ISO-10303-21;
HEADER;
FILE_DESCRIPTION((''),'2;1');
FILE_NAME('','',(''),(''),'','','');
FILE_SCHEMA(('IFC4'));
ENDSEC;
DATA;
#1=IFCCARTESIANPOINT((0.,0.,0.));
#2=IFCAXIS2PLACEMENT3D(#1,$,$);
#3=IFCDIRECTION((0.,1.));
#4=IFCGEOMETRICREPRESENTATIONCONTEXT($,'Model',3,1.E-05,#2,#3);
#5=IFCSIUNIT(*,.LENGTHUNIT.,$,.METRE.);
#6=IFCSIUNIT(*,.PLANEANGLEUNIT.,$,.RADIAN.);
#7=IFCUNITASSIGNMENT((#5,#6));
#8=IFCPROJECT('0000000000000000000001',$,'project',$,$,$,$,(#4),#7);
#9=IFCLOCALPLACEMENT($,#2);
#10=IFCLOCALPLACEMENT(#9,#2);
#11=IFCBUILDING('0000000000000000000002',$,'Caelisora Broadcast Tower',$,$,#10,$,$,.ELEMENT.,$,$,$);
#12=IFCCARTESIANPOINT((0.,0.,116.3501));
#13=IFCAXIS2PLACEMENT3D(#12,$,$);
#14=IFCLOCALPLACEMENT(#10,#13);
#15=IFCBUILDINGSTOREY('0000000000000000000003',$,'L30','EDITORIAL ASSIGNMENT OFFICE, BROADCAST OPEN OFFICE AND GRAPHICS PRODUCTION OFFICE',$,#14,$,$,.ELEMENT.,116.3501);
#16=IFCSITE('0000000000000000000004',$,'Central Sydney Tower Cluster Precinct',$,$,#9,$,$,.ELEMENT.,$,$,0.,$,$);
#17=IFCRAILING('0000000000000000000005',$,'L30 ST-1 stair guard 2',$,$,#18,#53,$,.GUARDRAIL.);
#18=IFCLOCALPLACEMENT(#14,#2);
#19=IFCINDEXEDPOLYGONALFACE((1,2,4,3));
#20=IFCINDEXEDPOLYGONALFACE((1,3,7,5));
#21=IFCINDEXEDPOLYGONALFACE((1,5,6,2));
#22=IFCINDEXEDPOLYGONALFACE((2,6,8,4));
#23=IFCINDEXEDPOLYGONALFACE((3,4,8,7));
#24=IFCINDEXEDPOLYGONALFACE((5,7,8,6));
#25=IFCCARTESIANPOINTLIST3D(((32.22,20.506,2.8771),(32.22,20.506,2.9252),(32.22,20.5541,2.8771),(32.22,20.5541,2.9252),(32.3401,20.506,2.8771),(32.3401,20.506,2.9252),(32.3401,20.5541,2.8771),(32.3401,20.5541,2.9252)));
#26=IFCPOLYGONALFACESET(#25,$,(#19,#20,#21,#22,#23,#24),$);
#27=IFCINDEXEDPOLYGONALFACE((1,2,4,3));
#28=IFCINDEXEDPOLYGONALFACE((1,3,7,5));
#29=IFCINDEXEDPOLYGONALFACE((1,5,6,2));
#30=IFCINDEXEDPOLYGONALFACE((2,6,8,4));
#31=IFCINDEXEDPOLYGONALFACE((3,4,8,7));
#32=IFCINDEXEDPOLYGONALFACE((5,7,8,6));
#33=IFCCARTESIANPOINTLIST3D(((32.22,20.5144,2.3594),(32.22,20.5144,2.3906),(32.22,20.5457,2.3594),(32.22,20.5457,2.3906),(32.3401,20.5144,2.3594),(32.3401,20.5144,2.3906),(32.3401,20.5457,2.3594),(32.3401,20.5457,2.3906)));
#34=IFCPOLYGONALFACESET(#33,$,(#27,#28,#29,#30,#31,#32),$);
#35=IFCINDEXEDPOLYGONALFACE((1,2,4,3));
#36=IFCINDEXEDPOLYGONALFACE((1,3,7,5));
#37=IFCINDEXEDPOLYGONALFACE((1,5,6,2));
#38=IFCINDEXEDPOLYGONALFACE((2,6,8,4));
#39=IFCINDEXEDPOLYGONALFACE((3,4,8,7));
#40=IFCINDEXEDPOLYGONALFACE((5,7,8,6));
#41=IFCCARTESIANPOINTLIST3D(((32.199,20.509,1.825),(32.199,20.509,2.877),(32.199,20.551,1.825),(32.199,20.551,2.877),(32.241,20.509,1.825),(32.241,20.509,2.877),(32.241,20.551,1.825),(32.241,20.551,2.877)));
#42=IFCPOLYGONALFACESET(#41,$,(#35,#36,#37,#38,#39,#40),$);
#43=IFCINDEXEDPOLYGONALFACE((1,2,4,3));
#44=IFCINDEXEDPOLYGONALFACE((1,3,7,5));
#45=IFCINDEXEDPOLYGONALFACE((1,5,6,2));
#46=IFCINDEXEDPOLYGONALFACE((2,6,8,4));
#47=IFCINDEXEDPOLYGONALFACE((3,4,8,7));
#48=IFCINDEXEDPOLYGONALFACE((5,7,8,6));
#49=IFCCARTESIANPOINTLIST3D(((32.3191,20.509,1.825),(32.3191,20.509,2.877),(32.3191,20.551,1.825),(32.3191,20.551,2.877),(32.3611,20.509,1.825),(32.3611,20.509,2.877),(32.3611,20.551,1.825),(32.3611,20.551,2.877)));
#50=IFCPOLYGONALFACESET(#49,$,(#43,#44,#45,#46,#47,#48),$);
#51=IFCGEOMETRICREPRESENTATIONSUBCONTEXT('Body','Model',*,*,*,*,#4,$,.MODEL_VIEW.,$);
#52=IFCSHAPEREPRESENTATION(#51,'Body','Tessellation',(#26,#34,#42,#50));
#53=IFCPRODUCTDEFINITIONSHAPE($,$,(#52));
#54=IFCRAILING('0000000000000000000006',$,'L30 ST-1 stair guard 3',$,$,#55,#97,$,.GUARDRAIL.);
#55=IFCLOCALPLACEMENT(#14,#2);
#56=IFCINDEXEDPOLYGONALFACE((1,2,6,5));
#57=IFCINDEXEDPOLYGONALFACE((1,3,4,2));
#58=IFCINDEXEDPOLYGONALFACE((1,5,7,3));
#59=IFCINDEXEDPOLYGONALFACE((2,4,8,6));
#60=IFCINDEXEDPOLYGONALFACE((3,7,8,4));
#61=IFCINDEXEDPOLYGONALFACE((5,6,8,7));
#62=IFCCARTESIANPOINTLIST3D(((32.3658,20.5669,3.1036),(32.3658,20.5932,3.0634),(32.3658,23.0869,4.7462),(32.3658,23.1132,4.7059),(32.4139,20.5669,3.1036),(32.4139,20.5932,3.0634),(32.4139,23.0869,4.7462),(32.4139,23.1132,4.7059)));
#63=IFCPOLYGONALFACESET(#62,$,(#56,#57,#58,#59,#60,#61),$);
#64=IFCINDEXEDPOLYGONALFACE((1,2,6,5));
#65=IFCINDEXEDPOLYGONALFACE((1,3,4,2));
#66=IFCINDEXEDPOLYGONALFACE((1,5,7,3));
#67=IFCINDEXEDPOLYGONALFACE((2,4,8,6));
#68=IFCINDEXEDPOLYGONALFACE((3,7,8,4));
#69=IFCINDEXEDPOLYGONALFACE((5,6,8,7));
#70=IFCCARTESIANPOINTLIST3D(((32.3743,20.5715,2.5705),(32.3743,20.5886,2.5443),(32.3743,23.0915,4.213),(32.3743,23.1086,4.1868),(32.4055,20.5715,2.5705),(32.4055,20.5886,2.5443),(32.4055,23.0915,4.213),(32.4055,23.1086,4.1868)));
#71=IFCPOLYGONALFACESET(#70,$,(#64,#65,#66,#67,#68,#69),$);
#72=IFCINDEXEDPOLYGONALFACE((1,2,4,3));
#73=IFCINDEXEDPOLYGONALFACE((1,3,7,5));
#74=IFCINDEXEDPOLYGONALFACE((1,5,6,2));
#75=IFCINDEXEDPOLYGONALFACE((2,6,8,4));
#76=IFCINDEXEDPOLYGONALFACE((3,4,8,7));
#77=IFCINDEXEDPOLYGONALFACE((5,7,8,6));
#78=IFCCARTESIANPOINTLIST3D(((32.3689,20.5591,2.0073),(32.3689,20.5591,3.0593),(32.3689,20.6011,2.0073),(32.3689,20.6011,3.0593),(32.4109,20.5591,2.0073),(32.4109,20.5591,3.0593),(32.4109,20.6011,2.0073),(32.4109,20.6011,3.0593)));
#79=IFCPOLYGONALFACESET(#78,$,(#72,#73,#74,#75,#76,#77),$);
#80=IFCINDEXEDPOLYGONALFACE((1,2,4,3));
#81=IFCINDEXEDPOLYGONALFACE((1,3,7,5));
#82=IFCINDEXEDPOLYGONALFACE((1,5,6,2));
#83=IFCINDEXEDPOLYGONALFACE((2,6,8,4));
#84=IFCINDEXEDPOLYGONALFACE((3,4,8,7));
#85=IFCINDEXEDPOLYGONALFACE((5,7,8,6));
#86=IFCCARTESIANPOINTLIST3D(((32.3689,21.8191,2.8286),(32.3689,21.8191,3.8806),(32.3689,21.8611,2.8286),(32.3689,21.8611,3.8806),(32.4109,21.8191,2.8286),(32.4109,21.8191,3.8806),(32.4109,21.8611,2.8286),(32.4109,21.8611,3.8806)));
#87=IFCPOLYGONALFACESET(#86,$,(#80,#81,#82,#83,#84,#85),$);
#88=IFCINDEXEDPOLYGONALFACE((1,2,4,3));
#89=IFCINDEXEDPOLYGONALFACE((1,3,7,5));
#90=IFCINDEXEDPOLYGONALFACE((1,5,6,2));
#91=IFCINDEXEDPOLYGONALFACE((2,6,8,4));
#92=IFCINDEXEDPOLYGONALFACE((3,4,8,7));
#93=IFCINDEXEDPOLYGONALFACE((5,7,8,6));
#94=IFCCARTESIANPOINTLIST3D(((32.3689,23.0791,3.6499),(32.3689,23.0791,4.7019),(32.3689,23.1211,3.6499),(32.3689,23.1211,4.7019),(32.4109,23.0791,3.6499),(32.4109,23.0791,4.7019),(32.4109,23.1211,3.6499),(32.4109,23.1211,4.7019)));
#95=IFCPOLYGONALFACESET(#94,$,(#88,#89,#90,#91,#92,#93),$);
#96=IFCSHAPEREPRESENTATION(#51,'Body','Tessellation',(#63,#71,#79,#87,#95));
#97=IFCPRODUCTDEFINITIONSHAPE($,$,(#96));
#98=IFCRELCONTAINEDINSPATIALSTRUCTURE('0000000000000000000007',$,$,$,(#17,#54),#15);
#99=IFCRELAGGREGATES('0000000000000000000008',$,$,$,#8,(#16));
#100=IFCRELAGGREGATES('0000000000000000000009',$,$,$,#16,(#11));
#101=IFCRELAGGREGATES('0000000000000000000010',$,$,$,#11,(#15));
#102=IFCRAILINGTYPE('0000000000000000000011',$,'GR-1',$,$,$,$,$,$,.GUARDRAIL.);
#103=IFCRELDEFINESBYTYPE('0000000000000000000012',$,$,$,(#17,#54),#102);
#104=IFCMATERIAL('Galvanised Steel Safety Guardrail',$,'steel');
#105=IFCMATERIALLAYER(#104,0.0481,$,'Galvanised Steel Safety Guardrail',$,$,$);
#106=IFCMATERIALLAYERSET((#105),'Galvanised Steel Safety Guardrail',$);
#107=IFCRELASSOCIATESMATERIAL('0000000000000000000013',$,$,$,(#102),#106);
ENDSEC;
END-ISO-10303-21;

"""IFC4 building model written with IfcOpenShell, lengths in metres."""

from ifc_helpers import new_model, si_unit, direction, frame, origin, origin_2d, place, context, subcontext, project, spatial, rectangle, extrude, material, layer, layer_set, type_object, element, save


model = new_model("IFC4")

# Units and contexts
model_context = context("Model", 3, precision=1e-05, world=origin(), true_north=direction((0.0, 1.0)))
body_context = subcontext(model_context, "Body", "Model", "MODEL_VIEW")
ifc_project = project(units=[si_unit("LENGTHUNIT", "METRE"), si_unit("PLANEANGLEUNIT", "RADIAN")], contexts=[model_context])

# Site, building, storey
site_placement = place(None, origin())
site = spatial("IfcSite", under=ifc_project, at=site_placement, Name="Central Sydney Tower Cluster Precinct", CompositionType="ELEMENT", RefElevation=0.0)
building_placement = place(site_placement, origin())
building = spatial("IfcBuilding", under=site, at=building_placement, Name="Caelisora Broadcast Tower", CompositionType="ELEMENT")
storey_placement = place(building_placement, frame((0.0, 0.0, 116.3501)))
storey = spatial("IfcBuildingStorey", under=building, at=storey_placement, Name="L30", Description="EDITORIAL ASSIGNMENT OFFICE, BROADCAST OPEN OFFICE AND GRAPHICS PRODUCTION OFFICE", CompositionType="ELEMENT", Elevation=116.3501)

# Railings
ifc_material_1 = material(Name="Galvanised Steel Safety Guardrail", Category="steel")
ifc_layer_1 = layer(ifc_material_1, 0.0481, Name="Galvanised Steel Safety Guardrail")
ifc_layer_set_1 = layer_set([ifc_layer_1], Name="Galvanised Steel Safety Guardrail")
railing_type = type_object("IfcRailingType", Name="GR-1", PredefinedType="GUARDRAIL", material=ifc_layer_set_1)
railing_1_placement = place(storey_placement, frame((32.22, 20.53, 1.825)))
element("IfcRailing", 1, at=railing_1_placement, inside=storey, type_object=railing_type, Name="L30 ST-1 stair guard 2", PredefinedType="GUARDRAIL", context=body_context, shape_type="SweptSolid", body=[
    extrude(rectangle(XDim=0.0481, YDim=0.0481, at=origin_2d()), frame((0.0, 0.0, 1.0762), z_axis=(1.0, 0.0, 0.0), x_axis=(0.0, 1.0, 0.0)), (0.0, 0.0, 1.0), 0.1201),
    extrude(rectangle(XDim=0.0312, YDim=0.0312, at=origin_2d()), frame((0.0, 0.0, 0.55), z_axis=(1.0, 0.0, 0.0), x_axis=(0.0, 1.0, 0.0)), (0.0, 0.0, 1.0), 0.1201),
    extrude(rectangle(XDim=0.042, YDim=0.042, at=origin_2d()), origin(), (0.0, 0.0, 1.0), 1.052),
    extrude(rectangle(XDim=0.042, YDim=0.042, at=origin_2d()), frame((0.1201, 0.0, 0.0)), (0.0, 0.0, 1.0), 1.052),
])
railing_2_placement = place(storey_placement, frame((32.3899, 20.5801, 2.0073)))
element("IfcRailing", 2, at=railing_2_placement, inside=storey, type_object=railing_type, Name="L30 ST-1 stair guard 3", PredefinedType="GUARDRAIL", context=body_context, shape_type="SweptSolid", body=[
    extrude(rectangle(XDim=0.0481, YDim=0.0481, at=origin_2d()), frame((0.0, 0.0, 1.0762), z_axis=(0.0, 0.837749, 0.546055), x_axis=(-1.0, 0.0, 0.0)), (0.0, 0.0, 1.0), 3.0081),
    extrude(rectangle(XDim=0.0312, YDim=0.0312, at=origin_2d()), frame((0.0, 0.0, 0.55), z_axis=(0.0, 0.837749, 0.546055), x_axis=(-1.0, 0.0, 0.0)), (0.0, 0.0, 1.0), 3.0081),
    extrude(rectangle(XDim=0.042, YDim=0.042, at=origin_2d()), origin(), (0.0, 0.0, 1.0), 1.052),
    extrude(rectangle(XDim=0.042, YDim=0.042, at=origin_2d()), frame((0.0, 1.26, 0.8213)), (0.0, 0.0, 1.0), 1.052),
    extrude(rectangle(XDim=0.042, YDim=0.042, at=origin_2d()), frame((0.0, 2.52, 1.6426)), (0.0, 0.0, 1.0), 1.052),
])

save(model, "model.ifc")
